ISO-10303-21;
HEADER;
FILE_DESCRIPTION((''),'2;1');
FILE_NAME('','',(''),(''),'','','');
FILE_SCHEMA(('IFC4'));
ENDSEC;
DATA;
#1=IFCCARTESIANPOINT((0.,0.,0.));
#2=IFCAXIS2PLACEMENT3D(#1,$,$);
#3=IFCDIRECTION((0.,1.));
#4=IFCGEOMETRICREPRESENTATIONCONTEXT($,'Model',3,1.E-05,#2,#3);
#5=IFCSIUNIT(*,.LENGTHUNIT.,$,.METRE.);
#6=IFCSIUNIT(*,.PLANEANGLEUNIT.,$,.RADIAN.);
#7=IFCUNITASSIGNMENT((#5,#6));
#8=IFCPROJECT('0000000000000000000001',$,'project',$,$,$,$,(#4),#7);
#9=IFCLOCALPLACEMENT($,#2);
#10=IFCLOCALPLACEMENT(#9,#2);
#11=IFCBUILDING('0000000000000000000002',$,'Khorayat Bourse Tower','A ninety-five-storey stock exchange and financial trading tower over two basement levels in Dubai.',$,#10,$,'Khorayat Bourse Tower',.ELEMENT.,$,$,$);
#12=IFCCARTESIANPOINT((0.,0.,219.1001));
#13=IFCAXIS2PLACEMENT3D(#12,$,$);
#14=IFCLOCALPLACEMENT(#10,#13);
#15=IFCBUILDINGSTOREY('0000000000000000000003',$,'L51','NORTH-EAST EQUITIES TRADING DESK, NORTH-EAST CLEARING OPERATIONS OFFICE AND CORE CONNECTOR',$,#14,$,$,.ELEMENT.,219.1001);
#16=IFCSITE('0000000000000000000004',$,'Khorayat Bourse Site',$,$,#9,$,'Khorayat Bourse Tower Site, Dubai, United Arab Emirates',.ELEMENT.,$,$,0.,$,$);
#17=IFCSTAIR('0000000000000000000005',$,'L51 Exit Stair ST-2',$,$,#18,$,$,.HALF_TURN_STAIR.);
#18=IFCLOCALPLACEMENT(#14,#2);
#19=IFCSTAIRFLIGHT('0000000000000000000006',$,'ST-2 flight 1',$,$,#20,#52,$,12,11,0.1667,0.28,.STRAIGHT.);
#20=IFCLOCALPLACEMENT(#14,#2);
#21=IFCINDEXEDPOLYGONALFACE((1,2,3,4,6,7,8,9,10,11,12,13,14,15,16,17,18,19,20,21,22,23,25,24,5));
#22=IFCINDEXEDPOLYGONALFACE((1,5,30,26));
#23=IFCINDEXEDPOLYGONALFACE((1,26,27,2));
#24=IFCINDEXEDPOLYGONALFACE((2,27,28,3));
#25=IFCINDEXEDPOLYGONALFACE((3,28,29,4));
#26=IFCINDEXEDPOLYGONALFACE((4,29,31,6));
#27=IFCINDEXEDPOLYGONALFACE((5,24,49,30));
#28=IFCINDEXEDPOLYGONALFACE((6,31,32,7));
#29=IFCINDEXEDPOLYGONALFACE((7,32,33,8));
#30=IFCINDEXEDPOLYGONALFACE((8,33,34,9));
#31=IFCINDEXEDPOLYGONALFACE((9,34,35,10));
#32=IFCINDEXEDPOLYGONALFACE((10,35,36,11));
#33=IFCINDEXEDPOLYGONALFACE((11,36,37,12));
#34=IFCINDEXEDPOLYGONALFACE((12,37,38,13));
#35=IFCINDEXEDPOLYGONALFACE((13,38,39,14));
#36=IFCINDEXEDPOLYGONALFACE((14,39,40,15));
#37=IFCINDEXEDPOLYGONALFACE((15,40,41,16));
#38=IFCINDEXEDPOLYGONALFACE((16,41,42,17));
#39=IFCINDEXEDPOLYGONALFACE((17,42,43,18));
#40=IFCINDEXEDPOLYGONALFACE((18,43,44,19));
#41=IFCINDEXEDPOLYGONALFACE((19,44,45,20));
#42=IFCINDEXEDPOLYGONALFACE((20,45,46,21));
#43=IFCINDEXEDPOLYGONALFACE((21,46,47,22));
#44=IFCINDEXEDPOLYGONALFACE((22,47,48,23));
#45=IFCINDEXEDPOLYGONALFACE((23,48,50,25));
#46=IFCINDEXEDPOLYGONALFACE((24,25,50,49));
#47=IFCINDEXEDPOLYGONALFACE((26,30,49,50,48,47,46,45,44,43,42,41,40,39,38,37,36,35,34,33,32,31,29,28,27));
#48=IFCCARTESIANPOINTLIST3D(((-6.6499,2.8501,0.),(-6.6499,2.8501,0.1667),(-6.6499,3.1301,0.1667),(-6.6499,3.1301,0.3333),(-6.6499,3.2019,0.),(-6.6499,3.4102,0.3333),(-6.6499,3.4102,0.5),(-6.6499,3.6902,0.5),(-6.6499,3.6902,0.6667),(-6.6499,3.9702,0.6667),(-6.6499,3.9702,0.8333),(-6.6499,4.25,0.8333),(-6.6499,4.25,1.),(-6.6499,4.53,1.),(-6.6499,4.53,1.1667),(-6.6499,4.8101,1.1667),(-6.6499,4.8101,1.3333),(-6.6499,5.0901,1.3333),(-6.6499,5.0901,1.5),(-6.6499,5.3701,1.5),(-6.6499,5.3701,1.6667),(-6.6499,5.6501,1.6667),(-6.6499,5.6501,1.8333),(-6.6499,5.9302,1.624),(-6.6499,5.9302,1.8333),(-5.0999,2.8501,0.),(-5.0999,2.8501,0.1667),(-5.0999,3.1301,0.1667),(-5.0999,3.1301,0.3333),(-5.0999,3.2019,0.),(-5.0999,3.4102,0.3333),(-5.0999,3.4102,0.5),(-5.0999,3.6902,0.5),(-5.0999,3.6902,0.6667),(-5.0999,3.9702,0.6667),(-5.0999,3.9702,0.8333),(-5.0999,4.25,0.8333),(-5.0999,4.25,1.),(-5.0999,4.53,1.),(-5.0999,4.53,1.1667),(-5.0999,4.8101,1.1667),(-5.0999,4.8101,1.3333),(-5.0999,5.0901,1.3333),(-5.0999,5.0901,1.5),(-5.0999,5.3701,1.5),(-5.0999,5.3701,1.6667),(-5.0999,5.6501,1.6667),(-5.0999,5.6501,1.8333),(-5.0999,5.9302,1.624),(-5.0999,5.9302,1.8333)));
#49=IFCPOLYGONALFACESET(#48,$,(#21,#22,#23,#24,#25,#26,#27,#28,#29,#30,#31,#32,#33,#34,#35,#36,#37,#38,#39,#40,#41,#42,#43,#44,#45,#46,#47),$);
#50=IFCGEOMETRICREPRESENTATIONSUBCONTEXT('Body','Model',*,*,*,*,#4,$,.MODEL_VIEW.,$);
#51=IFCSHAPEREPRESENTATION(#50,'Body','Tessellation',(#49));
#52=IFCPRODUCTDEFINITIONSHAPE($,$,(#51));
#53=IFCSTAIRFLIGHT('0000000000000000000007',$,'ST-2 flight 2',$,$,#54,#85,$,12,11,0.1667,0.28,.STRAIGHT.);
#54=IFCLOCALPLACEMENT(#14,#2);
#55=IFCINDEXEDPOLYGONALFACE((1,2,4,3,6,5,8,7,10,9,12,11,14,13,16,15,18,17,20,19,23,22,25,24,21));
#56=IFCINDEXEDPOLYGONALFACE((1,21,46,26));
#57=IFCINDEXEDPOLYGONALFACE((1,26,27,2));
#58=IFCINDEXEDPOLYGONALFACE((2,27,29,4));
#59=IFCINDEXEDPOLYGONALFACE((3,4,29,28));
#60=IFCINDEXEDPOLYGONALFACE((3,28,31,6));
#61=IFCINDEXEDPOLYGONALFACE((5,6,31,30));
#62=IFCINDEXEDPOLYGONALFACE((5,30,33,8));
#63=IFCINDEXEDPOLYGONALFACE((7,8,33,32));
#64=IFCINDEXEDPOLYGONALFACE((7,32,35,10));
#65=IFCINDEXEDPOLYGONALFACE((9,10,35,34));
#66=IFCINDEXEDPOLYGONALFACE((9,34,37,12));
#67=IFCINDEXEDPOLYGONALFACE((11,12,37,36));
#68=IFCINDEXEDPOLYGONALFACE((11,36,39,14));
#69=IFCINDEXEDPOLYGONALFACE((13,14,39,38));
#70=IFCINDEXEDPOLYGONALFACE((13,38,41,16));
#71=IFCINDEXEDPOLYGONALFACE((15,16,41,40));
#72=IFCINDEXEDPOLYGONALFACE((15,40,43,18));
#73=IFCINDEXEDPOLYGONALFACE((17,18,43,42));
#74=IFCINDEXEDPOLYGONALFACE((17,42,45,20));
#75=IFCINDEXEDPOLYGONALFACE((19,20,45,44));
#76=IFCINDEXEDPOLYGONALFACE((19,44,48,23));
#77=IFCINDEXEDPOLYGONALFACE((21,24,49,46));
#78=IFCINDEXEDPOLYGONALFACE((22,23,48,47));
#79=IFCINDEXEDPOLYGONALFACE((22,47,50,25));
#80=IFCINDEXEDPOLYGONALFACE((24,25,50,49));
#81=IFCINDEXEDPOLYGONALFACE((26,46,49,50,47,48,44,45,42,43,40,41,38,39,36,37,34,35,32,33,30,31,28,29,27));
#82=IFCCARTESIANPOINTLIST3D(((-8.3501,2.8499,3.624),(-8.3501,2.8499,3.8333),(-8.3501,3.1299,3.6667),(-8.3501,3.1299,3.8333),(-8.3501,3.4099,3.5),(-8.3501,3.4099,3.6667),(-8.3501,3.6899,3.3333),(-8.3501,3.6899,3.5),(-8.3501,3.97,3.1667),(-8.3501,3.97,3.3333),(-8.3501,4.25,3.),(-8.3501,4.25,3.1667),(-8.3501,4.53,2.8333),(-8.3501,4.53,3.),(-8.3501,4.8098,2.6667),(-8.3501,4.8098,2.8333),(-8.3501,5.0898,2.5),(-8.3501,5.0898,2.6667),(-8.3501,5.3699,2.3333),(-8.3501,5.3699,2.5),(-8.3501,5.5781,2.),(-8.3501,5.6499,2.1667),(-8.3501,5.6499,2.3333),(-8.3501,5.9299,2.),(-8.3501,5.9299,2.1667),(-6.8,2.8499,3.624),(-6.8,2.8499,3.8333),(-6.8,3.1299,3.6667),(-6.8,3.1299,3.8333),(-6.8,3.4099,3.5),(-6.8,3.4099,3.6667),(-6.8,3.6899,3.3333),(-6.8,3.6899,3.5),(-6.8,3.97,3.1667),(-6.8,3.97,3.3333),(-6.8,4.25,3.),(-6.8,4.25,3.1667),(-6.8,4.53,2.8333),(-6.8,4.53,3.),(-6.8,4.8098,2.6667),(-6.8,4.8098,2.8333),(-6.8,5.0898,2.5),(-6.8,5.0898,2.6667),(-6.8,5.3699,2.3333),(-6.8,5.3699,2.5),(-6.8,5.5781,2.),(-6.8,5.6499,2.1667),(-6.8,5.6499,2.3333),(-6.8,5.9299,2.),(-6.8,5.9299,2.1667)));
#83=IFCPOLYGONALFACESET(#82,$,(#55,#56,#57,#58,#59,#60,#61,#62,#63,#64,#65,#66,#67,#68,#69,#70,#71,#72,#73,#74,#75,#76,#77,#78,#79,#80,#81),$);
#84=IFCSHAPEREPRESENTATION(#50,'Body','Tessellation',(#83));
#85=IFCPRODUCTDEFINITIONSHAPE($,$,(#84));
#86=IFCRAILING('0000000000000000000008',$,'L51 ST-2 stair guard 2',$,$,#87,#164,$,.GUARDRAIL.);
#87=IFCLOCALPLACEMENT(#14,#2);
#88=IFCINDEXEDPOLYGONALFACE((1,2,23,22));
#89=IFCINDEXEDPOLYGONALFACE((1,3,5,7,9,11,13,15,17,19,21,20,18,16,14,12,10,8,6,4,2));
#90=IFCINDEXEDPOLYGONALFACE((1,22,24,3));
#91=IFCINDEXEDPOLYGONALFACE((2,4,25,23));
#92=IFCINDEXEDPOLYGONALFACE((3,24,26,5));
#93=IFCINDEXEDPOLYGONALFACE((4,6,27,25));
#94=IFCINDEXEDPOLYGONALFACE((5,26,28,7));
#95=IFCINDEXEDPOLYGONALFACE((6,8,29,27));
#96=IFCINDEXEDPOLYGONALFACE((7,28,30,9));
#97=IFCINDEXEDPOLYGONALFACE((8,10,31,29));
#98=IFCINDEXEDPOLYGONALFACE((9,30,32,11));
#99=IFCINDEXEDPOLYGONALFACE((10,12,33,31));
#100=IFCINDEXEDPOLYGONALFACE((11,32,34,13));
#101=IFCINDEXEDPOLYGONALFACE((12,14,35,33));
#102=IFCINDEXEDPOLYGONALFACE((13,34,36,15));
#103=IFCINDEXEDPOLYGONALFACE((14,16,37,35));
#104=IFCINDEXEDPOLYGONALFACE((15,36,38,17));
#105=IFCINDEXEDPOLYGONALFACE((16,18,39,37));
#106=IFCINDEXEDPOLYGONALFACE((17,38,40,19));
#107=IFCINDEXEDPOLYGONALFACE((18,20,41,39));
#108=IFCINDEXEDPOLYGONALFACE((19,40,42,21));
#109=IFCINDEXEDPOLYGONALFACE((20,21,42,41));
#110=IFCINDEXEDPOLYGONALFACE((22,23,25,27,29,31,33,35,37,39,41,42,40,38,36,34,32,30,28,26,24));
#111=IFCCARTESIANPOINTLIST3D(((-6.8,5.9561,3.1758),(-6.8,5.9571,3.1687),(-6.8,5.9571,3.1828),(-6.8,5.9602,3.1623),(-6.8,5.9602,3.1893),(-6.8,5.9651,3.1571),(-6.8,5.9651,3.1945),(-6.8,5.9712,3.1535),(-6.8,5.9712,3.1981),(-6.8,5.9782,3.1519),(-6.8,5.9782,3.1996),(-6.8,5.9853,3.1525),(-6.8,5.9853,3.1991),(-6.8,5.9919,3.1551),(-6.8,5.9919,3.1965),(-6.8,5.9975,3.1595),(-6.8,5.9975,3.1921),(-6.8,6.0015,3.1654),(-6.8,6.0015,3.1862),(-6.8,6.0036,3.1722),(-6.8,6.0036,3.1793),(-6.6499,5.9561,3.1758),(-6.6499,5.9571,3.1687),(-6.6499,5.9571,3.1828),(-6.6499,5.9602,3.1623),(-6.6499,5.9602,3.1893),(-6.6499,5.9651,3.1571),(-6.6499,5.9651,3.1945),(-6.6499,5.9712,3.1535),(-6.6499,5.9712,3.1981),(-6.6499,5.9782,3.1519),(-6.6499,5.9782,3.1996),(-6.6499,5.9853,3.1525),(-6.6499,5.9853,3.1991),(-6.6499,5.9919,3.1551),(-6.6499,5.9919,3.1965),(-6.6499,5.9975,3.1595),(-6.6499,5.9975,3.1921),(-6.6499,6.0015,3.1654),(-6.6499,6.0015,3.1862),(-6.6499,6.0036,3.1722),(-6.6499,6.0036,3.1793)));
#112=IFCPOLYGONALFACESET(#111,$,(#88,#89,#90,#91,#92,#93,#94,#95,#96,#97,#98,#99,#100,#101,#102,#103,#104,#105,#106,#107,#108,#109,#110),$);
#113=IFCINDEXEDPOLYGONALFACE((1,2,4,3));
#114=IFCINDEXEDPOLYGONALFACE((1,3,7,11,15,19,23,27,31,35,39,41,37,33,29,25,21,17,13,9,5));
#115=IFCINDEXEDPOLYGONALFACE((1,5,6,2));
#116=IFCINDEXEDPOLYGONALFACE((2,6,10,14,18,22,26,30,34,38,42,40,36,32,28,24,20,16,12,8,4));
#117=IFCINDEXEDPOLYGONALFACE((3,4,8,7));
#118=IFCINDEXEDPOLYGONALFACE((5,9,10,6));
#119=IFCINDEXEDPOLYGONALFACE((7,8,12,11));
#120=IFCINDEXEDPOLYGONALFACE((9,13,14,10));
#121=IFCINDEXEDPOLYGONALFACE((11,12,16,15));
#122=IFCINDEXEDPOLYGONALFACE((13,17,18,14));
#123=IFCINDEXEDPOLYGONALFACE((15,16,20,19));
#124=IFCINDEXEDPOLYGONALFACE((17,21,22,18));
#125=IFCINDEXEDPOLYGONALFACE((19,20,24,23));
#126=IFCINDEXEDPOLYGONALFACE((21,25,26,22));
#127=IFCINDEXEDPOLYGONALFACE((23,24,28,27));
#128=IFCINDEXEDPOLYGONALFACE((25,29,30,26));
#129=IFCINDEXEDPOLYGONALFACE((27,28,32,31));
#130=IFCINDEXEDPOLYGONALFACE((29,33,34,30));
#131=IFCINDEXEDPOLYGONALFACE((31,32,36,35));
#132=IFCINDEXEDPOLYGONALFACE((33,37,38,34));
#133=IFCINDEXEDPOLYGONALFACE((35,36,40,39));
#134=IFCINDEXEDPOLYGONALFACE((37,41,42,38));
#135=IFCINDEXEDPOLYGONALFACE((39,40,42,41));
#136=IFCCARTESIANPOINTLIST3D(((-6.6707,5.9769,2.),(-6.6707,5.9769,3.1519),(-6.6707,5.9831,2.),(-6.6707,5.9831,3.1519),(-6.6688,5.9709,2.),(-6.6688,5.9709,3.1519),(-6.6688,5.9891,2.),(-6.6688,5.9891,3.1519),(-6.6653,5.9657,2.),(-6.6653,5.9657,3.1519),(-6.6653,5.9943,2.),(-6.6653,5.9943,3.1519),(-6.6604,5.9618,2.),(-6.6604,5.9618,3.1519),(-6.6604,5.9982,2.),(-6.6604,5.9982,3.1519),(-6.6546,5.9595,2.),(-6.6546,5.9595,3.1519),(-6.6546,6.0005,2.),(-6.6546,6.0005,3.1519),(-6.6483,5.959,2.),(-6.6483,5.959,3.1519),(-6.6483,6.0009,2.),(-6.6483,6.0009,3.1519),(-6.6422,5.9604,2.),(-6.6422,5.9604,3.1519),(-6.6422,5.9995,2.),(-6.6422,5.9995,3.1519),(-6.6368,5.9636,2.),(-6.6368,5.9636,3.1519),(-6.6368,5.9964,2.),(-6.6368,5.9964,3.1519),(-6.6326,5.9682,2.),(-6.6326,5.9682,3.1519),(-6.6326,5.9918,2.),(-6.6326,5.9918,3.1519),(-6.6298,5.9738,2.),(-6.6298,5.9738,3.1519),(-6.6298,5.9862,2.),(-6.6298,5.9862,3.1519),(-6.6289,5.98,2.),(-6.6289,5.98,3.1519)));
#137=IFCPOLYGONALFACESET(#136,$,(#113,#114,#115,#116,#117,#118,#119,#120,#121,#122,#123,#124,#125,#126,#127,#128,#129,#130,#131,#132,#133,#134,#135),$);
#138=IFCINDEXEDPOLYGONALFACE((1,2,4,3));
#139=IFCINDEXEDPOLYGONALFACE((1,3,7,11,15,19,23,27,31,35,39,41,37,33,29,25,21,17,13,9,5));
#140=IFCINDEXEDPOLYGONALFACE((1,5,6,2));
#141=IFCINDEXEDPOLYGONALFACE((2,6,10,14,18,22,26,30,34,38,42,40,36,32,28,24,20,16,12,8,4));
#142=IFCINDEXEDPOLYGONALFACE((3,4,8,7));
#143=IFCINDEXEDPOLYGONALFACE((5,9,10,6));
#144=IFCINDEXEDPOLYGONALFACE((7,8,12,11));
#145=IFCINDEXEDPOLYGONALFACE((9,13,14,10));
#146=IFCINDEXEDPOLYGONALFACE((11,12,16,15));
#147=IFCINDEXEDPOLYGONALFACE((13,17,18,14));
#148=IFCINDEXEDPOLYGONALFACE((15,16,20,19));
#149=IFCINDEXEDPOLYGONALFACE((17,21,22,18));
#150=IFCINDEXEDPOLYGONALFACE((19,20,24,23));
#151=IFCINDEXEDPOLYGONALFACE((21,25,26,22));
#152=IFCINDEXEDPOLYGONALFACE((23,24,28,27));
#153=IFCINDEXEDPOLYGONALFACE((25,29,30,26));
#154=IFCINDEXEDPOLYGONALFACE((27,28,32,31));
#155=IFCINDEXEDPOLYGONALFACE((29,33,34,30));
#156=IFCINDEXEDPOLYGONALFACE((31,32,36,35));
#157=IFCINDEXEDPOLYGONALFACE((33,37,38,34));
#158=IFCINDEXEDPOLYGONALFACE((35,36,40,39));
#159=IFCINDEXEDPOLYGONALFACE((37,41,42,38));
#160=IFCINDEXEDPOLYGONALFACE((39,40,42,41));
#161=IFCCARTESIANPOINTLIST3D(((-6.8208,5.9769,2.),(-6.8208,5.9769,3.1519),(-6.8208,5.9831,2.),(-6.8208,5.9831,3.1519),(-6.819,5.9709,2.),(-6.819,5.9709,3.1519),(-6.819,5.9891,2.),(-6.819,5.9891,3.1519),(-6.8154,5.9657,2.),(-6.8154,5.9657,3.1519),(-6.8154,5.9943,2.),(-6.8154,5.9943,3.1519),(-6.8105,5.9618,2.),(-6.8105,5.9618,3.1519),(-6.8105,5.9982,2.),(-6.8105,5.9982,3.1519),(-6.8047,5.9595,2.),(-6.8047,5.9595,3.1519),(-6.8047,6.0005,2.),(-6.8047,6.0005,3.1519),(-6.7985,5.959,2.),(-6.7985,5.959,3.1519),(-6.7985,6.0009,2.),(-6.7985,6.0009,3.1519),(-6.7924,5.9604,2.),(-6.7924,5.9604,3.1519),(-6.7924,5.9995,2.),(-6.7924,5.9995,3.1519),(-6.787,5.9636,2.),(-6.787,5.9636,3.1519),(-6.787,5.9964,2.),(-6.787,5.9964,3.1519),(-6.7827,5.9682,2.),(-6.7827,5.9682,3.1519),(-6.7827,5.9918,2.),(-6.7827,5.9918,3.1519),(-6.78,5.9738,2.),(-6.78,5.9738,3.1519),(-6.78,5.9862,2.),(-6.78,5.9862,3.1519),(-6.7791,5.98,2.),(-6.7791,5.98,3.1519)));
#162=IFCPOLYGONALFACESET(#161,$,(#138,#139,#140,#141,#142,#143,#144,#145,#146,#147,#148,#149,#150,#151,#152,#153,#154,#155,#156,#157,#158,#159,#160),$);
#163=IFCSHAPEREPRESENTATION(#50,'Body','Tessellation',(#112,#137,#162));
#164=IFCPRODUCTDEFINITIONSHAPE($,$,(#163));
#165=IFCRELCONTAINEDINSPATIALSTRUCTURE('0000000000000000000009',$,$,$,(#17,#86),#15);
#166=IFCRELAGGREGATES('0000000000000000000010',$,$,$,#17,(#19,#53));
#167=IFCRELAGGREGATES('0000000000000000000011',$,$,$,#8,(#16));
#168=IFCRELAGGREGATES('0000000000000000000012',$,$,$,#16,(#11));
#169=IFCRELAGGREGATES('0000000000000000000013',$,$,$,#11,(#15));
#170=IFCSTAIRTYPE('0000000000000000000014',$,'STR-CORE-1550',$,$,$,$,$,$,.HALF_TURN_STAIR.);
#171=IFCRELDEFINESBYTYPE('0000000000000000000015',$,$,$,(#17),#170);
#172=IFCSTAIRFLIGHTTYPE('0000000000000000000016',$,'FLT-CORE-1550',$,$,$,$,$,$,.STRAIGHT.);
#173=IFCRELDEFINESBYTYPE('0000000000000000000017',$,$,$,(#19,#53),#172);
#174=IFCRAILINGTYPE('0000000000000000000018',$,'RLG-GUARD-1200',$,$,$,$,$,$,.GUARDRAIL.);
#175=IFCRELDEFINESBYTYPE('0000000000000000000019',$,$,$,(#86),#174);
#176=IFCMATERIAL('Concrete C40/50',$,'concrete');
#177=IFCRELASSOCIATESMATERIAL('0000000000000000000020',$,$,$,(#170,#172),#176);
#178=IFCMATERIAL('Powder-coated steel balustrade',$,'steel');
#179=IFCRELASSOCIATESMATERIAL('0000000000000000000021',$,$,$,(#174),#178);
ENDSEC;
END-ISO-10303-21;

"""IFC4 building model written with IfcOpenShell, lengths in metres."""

from ifc_helpers import new_model, si_unit, direction, frame, origin, origin_2d, place, context, subcontext, project, spatial, polyline, circle, outline, extrude, source, transform, mapped, material, type_object, element, aggregate, save


model = new_model("IFC4")

# Units and contexts
model_context = context("Model", 3, precision=1e-05, world=origin(), true_north=direction((0.0, 1.0)))
body_context = subcontext(model_context, "Body", "Model", "MODEL_VIEW")
ifc_project = project(units=[si_unit("LENGTHUNIT", "METRE"), si_unit("PLANEANGLEUNIT", "RADIAN")], contexts=[model_context])

# Site, building, storey
site_placement = place(None, origin())
site = spatial("IfcSite", under=ifc_project, at=site_placement, Name="Khorayat Bourse Site", LongName="Khorayat Bourse Tower Site, Dubai, United Arab Emirates", CompositionType="ELEMENT", RefElevation=0.0)
building_placement = place(site_placement, origin())
building = spatial("IfcBuilding", under=site, at=building_placement, Name="Khorayat Bourse Tower", Description="A ninety-five-storey stock exchange and financial trading tower over two basement levels in Dubai.", LongName="Khorayat Bourse Tower", CompositionType="ELEMENT")
storey_placement = place(building_placement, frame((0.0, 0.0, 219.1001)))
storey = spatial("IfcBuildingStorey", under=building, at=storey_placement, Name="L51", Description="NORTH-EAST EQUITIES TRADING DESK, NORTH-EAST CLEARING OPERATIONS OFFICE AND CORE CONNECTOR", CompositionType="ELEMENT", Elevation=219.1001)

# Stair, stair flights
ifc_material_1 = material(Name="Concrete C40/50", Category="concrete")
stair_type = type_object("IfcStairType", Name="STR-CORE-1550", PredefinedType="HALF_TURN_STAIR", material=ifc_material_1)
stair_placement = place(storey_placement, origin())
stair = element("IfcStair", 1, at=stair_placement, inside=storey, type_object=stair_type, Name="L51 Exit Stair ST-2", PredefinedType="HALF_TURN_STAIR")
stair_flight_type = type_object("IfcStairFlightType", Name="FLT-CORE-1550", PredefinedType="STRAIGHT", material=ifc_material_1)
shared_shape_1 = source(origin(), body_context, "Body", "SweptSolid", [
    extrude(outline(polyline([(0.0, 0.0), (0.0, 0.1667), (0.28, 0.1667), (0.28, 0.3333), (0.5601, 0.3333), (0.5601, 0.5), (0.8401, 0.5), (0.8401, 0.6667), (1.1201, 0.6667), (1.1201, 0.8333), (1.3999, 0.8333), (1.3999, 1.0), (1.6799, 1.0), (1.6799, 1.1667), (1.96, 1.1667), (1.96, 1.3333), (2.24, 1.3333), (2.24, 1.5), (2.52, 1.5), (2.52, 1.6667), (2.8, 1.6667), (2.8, 1.8333), (3.0801, 1.8333), (3.0801, 2.0), (3.0801, 1.624), (0.3518, 0.0), (0.0, 0.0)])), frame((0.0, 0.7749, 0.0), z_axis=(0.0, -1.0, 0.0), x_axis=(1.0, 0.0, 0.0)), (0.0, 0.0, 1.0), 1.55),
])
stair_flight_1_placement = place(storey_placement, frame((-5.875, 2.8501, 0.0), z_axis=(0.0, 0.0, 1.0), x_axis=(0.0, 1.0, 0.0)))
stair_flight_1 = element("IfcStairFlight", 2, at=stair_flight_1_placement, type_object=stair_flight_type, Name="ST-2 flight 1", NumberOfRisers=12, NumberOfTreads=11, PredefinedType="STRAIGHT", RiserHeight=0.1667, TreadLength=0.28, context=body_context, shape_type="MappedRepresentation", body=[
    mapped(shared_shape_1, transform((0.0, 0.0, 0.0), scale=1.0)),
])
stair_flight_2_placement = place(storey_placement, frame((-7.575, 5.9299, 2.0), z_axis=(0.0, 0.0, 1.0), x_axis=(0.0, -1.0, 0.0)))
stair_flight_2 = element("IfcStairFlight", 3, at=stair_flight_2_placement, type_object=stair_flight_type, Name="ST-2 flight 2", NumberOfRisers=12, NumberOfTreads=11, PredefinedType="STRAIGHT", RiserHeight=0.1667, TreadLength=0.28, context=body_context, shape_type="MappedRepresentation", body=[
    mapped(shared_shape_1, transform((0.0, 0.0, 0.0), scale=1.0)),
])
aggregate(stair, [stair_flight_1, stair_flight_2])

# Railing
ifc_material_2 = material(Name="Powder-coated steel balustrade", Category="steel")
railing_type_1 = type_object("IfcRailingType", Name="RLG-GUARD-1200", PredefinedType="GUARDRAIL", material=ifc_material_2)
shared_shape_2 = source(origin(), body_context, "Body", "SweptSolid", [
    extrude(circle(Radius=0.0239, at=origin_2d()), frame((0.0, 0.0, 1.1758), z_axis=(-1.0, 0.0, 0.0), x_axis=(0.0, -1.0, 0.0)), (0.0, 0.0, 1.0), 0.1501),
    extrude(circle(Radius=0.021, at=origin_2d()), origin(), (0.0, 0.0, 1.0), 1.1519),
    extrude(circle(Radius=0.021, at=origin_2d()), frame((-0.1501, 0.0, 0.0)), (0.0, 0.0, 1.0), 1.1519),
])
for number, where, name in (
    (4, (-6.6499, 5.98, 2.0), "L51 ST-2 stair guard 2"),
):
    element("IfcRailing", number, at=place(storey_placement, frame(where)), inside=storey, type_object=railing_type_1, Name=name, PredefinedType="GUARDRAIL", context=body_context, shape_type="MappedRepresentation", body=[
        mapped(shared_shape_2, transform((0.0, 0.0, 0.0), scale=1.0)),
    ])

save(model, "model.ifc")
